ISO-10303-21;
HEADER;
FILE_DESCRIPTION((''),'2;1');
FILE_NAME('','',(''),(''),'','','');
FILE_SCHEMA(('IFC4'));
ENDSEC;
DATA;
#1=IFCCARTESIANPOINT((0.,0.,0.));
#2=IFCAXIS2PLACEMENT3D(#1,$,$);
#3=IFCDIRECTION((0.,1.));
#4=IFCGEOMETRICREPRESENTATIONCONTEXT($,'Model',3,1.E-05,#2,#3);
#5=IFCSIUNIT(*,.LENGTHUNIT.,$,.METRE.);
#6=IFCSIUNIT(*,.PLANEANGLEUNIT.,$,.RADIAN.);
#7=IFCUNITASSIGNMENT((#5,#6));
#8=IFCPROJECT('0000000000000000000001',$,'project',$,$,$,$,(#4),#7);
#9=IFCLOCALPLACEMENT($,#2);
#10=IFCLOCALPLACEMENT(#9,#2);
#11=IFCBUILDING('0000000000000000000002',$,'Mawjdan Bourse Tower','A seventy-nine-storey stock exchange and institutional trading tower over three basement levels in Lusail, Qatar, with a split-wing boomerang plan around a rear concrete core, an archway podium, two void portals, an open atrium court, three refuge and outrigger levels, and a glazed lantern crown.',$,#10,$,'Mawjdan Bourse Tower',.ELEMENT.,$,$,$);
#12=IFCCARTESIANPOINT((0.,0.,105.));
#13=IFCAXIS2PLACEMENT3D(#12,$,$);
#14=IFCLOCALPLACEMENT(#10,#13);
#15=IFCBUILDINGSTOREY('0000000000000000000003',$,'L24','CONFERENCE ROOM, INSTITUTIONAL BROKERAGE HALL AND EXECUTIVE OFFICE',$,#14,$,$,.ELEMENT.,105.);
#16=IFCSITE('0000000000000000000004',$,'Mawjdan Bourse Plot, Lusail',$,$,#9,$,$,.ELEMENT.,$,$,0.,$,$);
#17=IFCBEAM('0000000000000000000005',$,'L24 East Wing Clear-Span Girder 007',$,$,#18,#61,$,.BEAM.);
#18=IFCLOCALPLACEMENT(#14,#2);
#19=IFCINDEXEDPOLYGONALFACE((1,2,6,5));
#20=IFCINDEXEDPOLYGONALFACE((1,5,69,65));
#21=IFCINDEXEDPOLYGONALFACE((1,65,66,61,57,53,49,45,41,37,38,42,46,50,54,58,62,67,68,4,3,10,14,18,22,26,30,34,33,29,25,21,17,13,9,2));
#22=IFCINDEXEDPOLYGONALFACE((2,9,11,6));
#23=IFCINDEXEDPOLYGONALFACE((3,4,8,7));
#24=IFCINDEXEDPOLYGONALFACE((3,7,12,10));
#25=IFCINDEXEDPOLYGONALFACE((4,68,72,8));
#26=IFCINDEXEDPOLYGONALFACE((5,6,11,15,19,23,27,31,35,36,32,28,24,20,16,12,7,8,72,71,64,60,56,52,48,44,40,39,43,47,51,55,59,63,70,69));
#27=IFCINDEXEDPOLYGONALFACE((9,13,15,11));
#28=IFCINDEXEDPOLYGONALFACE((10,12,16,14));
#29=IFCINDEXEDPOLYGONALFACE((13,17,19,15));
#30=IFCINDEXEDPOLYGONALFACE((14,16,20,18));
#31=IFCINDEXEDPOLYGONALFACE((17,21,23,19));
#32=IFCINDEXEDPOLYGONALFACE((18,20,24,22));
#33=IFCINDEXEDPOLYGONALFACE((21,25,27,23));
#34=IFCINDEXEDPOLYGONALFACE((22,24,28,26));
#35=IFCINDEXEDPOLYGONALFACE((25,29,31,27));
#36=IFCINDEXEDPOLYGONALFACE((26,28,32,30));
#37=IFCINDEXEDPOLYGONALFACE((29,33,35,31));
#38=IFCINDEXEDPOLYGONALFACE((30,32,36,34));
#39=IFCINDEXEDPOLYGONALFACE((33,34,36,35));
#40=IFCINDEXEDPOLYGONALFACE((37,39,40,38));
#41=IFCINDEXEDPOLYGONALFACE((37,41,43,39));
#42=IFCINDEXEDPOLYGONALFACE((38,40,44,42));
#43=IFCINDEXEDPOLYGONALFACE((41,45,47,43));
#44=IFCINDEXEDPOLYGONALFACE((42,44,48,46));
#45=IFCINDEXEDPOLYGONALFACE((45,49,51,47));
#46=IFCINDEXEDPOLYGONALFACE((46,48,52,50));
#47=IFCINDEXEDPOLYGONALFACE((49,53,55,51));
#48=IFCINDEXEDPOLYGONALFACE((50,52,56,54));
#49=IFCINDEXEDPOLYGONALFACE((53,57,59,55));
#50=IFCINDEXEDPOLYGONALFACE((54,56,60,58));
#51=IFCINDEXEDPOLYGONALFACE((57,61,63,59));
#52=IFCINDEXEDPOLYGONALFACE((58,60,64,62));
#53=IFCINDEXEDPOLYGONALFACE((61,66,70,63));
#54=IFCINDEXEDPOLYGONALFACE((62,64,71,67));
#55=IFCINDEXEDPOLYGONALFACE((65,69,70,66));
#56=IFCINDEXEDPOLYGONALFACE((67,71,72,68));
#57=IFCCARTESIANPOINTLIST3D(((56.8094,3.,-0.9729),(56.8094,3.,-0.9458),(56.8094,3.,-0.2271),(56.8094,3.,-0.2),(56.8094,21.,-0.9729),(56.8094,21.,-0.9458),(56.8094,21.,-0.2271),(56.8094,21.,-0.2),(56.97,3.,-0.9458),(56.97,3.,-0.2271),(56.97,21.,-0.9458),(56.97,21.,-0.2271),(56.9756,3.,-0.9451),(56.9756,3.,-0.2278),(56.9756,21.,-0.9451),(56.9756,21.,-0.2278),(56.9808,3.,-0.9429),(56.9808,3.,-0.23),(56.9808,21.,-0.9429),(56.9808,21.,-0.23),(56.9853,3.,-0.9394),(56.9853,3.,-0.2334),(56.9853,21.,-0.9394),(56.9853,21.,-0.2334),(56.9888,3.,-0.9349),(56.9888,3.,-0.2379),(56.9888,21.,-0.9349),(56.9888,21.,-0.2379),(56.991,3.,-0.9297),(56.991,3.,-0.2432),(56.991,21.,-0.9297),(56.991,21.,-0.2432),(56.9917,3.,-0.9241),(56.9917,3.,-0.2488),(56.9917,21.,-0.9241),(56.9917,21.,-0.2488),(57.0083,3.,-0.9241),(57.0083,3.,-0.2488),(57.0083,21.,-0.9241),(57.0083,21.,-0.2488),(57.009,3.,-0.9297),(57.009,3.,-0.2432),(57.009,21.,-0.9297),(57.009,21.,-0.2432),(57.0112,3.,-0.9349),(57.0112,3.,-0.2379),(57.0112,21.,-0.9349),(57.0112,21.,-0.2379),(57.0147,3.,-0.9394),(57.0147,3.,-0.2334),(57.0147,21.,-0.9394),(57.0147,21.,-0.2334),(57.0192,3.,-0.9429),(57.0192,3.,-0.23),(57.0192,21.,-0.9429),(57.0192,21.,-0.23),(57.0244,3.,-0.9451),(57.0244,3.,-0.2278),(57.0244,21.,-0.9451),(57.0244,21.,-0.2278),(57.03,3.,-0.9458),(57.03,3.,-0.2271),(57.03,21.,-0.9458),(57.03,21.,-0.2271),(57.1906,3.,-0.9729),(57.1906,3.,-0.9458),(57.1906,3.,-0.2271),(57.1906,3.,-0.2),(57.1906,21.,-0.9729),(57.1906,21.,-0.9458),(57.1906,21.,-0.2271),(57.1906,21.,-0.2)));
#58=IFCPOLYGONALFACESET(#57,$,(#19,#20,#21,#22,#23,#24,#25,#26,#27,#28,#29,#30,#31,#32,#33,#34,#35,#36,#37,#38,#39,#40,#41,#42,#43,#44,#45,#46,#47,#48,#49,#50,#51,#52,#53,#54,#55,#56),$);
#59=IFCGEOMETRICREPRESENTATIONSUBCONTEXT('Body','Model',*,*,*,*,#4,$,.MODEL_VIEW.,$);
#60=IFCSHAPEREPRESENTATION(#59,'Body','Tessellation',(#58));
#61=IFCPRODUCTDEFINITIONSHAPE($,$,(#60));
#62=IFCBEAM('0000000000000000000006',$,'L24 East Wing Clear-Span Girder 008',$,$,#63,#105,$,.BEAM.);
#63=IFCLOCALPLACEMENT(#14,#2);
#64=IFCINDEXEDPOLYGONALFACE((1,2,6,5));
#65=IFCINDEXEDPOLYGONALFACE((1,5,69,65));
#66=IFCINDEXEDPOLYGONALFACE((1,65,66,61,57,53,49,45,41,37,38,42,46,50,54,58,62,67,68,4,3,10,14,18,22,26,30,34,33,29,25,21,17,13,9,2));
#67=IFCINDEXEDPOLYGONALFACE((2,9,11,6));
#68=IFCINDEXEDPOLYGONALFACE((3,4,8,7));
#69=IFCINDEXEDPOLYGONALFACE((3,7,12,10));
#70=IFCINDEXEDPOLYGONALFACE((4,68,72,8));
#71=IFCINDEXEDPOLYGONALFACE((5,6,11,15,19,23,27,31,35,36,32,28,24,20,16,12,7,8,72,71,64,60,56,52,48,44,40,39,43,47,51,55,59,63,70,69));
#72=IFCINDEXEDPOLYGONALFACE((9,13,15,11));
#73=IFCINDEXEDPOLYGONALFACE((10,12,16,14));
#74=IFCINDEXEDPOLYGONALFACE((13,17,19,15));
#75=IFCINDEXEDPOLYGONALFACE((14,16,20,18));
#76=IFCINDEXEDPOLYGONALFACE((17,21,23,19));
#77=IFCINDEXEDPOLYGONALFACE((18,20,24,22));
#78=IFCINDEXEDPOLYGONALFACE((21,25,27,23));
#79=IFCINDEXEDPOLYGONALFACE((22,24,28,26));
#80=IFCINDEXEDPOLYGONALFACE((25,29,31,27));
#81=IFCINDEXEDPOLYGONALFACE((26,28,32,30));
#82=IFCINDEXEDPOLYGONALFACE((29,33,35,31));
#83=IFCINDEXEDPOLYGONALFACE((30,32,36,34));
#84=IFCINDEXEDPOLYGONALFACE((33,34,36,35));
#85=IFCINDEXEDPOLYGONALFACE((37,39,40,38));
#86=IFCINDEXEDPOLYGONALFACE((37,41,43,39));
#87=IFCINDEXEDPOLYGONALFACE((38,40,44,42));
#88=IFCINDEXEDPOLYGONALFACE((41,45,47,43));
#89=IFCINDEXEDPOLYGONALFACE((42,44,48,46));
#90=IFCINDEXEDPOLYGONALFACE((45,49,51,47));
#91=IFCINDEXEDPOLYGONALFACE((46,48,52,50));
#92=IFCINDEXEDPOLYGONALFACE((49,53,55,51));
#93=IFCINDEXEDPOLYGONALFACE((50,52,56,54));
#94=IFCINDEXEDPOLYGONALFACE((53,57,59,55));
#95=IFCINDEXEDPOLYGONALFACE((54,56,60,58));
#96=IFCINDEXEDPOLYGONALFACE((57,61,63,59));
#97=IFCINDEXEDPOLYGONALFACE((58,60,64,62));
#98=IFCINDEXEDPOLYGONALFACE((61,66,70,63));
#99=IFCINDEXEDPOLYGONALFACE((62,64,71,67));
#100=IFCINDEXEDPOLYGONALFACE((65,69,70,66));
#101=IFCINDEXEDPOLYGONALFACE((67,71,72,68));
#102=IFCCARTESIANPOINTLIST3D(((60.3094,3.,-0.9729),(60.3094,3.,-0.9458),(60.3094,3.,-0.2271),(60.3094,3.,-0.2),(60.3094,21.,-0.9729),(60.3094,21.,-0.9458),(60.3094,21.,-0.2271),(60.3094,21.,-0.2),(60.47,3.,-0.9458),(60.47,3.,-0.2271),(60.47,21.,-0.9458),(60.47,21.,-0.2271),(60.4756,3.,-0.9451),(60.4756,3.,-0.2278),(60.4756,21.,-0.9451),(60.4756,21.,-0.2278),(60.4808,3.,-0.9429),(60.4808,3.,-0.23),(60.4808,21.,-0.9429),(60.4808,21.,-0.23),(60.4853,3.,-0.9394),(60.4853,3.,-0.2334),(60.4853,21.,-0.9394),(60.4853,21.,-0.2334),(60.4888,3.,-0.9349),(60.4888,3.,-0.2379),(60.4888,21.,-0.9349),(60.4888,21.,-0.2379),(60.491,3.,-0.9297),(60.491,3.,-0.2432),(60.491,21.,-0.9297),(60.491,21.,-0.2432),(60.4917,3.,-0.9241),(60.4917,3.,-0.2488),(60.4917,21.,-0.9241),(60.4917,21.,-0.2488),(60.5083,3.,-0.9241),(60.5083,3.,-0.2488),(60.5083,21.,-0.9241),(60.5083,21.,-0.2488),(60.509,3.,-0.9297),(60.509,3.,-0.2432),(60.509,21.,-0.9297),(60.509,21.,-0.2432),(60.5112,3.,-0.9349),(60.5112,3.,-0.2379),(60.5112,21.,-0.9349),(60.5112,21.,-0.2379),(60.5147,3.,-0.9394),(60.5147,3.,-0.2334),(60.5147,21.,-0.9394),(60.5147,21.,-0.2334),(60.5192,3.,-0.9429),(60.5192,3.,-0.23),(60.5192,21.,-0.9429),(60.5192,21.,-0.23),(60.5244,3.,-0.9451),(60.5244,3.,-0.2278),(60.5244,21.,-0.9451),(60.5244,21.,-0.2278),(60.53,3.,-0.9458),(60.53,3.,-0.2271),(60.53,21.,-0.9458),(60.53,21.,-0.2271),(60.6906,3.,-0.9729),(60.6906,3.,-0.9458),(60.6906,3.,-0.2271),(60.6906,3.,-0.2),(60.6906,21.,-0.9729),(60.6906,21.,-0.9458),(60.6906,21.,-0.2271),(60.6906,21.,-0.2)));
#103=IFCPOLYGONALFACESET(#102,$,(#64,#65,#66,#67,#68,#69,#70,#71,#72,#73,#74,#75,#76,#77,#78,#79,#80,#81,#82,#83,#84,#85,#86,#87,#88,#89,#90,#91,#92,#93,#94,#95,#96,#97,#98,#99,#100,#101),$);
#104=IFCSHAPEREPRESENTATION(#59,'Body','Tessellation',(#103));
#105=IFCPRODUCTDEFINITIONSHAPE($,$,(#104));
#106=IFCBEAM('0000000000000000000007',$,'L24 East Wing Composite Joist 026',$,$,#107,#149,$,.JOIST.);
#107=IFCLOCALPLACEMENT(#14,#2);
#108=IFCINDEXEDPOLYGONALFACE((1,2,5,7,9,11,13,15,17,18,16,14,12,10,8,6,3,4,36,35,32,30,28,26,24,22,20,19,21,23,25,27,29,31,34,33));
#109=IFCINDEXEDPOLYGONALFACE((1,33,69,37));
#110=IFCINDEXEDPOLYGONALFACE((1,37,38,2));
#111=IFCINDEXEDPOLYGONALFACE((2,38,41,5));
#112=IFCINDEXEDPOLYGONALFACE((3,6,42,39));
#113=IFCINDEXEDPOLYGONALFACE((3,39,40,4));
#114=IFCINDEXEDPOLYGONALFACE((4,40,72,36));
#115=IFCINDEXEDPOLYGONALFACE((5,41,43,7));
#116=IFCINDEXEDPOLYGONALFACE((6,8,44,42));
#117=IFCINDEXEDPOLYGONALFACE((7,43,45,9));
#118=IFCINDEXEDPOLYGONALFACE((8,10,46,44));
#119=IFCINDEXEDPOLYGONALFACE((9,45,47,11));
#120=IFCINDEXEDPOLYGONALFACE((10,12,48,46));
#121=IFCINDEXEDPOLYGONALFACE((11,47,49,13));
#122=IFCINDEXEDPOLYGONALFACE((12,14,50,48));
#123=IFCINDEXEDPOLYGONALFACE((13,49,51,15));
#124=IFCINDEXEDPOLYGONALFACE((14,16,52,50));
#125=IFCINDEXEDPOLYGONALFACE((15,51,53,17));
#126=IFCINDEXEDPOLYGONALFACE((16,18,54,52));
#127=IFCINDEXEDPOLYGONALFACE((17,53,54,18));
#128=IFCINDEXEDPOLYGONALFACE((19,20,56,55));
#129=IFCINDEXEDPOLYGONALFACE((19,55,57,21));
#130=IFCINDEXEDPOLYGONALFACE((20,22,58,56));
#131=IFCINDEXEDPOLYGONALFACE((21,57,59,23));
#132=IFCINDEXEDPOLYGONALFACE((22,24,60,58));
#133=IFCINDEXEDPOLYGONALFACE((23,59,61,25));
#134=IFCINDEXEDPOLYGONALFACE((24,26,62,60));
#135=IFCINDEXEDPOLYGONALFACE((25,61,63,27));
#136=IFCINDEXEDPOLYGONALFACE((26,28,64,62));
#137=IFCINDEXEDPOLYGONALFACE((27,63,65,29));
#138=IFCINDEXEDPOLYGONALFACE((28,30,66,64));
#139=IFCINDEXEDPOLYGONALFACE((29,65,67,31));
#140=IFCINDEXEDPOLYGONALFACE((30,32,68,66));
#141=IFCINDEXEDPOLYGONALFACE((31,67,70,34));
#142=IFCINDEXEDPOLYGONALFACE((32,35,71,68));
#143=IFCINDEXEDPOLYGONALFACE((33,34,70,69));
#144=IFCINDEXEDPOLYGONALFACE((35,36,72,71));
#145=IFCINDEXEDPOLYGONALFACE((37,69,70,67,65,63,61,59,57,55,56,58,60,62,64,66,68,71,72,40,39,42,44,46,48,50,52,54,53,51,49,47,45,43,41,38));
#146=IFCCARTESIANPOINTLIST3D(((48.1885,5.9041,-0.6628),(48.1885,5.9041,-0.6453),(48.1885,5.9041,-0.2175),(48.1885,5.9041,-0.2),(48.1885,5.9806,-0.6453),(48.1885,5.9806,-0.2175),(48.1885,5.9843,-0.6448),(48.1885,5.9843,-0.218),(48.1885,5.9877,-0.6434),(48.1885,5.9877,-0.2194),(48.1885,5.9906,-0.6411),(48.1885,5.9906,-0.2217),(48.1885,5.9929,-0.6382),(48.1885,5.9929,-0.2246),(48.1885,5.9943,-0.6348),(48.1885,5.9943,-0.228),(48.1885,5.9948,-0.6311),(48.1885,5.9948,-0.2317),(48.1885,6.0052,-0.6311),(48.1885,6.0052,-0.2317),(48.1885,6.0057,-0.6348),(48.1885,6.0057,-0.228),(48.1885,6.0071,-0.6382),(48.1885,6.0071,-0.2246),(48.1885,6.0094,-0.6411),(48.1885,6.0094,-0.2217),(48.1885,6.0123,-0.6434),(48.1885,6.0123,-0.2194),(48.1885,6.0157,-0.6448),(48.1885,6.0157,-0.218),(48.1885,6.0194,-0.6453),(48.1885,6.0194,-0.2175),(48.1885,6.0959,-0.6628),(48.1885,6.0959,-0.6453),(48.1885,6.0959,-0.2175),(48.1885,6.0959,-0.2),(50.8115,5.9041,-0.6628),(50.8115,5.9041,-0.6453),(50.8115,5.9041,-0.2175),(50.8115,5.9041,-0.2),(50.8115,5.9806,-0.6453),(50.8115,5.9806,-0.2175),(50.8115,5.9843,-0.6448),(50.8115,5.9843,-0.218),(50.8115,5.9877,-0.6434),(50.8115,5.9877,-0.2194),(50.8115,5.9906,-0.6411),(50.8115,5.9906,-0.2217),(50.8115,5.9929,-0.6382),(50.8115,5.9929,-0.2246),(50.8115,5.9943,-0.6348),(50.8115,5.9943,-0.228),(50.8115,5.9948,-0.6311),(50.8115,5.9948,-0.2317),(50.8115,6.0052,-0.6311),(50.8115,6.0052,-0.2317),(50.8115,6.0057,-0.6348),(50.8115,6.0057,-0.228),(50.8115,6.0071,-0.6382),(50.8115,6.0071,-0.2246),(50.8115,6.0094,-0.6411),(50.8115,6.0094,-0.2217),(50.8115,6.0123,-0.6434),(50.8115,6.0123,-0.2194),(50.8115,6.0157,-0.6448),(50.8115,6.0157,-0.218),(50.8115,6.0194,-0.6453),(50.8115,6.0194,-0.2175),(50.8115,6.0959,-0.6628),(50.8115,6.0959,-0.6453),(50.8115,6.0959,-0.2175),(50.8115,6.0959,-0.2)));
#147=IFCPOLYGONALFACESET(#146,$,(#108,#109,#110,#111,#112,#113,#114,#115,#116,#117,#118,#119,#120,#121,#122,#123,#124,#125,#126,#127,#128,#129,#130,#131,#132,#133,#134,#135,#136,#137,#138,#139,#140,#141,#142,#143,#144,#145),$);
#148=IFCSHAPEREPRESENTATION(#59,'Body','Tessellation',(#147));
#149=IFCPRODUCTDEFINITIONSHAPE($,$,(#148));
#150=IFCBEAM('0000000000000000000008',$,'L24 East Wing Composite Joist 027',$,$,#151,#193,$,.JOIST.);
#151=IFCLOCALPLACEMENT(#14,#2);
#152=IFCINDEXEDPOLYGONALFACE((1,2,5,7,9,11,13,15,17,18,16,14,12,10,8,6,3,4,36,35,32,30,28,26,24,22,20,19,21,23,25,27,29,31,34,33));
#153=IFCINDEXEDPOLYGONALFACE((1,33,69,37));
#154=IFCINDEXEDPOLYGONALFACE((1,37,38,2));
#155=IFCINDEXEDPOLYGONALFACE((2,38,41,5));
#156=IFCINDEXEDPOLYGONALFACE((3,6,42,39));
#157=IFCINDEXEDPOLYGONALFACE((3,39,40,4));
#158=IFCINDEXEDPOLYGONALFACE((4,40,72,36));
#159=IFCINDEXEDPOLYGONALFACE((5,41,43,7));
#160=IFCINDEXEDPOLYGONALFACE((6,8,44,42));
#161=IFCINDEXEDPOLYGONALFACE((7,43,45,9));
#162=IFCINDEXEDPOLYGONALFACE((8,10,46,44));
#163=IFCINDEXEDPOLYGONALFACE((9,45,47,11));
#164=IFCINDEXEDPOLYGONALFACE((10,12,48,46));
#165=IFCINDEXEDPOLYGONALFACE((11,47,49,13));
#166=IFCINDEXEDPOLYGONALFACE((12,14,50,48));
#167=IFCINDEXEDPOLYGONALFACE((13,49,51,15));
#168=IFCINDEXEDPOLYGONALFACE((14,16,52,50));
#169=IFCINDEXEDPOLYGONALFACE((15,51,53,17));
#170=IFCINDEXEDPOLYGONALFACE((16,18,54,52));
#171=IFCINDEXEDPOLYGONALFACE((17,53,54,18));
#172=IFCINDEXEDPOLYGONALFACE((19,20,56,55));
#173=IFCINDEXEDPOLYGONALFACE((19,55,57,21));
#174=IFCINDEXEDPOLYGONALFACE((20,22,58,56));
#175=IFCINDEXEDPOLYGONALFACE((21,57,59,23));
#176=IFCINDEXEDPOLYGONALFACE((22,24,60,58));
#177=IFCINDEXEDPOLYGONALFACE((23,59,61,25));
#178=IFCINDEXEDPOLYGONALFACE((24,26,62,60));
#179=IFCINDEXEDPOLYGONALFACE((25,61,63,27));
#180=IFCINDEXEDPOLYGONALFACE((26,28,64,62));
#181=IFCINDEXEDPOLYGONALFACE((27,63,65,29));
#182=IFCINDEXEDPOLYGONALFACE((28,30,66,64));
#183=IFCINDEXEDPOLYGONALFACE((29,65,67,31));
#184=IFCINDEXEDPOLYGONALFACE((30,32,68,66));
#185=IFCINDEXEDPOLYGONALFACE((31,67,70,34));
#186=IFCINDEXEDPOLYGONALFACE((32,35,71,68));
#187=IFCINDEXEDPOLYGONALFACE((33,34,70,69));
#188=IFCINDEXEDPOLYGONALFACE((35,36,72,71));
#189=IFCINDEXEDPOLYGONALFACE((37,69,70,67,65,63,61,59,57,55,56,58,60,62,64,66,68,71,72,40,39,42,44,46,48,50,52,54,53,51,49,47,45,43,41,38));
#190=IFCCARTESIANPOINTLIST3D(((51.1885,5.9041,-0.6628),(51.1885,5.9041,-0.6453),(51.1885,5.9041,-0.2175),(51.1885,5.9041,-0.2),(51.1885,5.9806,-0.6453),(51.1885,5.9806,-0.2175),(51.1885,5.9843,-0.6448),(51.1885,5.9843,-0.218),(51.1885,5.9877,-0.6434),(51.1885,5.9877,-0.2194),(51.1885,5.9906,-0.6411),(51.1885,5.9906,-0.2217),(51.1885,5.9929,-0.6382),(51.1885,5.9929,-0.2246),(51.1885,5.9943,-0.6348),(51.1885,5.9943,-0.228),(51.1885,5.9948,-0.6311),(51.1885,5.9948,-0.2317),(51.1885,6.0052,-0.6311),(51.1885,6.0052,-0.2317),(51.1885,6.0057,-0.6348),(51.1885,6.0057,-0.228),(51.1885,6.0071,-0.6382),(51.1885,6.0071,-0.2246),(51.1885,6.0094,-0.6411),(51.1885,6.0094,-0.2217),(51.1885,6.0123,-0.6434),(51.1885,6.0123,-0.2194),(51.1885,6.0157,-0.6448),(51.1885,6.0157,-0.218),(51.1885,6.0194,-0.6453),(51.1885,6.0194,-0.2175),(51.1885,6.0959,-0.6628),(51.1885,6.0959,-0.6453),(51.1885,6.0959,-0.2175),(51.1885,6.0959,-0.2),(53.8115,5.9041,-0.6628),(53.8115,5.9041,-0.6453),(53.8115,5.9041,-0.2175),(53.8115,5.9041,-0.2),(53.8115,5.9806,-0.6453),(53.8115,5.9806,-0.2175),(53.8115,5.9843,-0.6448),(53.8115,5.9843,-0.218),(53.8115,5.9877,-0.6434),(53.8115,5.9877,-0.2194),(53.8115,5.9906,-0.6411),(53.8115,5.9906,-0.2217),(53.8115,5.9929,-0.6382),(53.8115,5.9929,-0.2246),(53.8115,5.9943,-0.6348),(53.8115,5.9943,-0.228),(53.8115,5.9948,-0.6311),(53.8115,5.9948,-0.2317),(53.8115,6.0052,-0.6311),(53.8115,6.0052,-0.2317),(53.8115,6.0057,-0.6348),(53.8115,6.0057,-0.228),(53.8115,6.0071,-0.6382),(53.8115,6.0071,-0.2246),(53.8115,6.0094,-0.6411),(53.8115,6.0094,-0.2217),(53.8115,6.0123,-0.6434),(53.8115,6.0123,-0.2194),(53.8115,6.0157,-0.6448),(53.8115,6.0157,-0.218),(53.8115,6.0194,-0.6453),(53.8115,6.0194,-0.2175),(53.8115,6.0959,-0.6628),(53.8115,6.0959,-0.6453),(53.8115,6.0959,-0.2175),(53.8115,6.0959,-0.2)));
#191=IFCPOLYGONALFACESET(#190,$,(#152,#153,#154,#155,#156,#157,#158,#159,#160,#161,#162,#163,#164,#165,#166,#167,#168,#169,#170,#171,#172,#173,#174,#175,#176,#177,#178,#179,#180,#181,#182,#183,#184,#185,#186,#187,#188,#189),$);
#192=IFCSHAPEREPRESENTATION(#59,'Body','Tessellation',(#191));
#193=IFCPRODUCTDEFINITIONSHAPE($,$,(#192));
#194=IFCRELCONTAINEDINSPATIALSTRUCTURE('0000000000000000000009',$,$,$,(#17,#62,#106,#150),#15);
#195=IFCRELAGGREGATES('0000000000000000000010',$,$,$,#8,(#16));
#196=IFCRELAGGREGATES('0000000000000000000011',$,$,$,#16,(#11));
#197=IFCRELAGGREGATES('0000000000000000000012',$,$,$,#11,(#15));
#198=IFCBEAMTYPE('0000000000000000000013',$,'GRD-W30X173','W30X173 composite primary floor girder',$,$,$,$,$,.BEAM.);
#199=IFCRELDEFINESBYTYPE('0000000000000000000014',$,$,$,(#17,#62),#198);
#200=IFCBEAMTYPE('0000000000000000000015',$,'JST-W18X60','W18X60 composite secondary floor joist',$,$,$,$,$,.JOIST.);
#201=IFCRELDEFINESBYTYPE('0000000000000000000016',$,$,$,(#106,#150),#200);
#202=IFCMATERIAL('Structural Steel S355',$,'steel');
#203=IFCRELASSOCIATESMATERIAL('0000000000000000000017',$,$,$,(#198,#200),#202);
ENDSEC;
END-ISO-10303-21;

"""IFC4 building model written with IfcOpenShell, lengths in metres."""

from ifc_helpers import new_model, si_unit, direction, frame, origin, origin_2d, place, context, subcontext, project, spatial, i_section, extrude, material, material_profile, profile_set, type_object, element, save


model = new_model("IFC4")

# Units and contexts
model_context = context("Model", 3, precision=1e-05, world=origin(), true_north=direction((0.0, 1.0)))
body_context = subcontext(model_context, "Body", "Model", "MODEL_VIEW")
ifc_project = project(units=[si_unit("LENGTHUNIT", "METRE"), si_unit("PLANEANGLEUNIT", "RADIAN")], contexts=[model_context])

# Site, building, storey
site_placement = place(None, origin())
site = spatial("IfcSite", under=ifc_project, at=site_placement, Name="Mawjdan Bourse Plot, Lusail", CompositionType="ELEMENT", RefElevation=0.0)
building_placement = place(site_placement, origin())
building = spatial("IfcBuilding", under=site, at=building_placement, Name="Mawjdan Bourse Tower", Description="A seventy-nine-storey stock exchange and institutional trading tower over three basement levels in Lusail, Qatar, with a split-wing boomerang plan around a rear concrete core, an archway podium, two void portals, an open atrium court, three refuge and outrigger levels, and a glazed lantern crown.", LongName="Mawjdan Bourse Tower", CompositionType="ELEMENT")
storey_placement = place(building_placement, frame((0.0, 0.0, 105.0)))
storey = spatial("IfcBuildingStorey", under=building, at=storey_placement, Name="L24", Description="CONFERENCE ROOM, INSTITUTIONAL BROKERAGE HALL AND EXECUTIVE OFFICE", CompositionType="ELEMENT", Elevation=105.0)

# Beams
ifc_material_1 = material(Name="Structural Steel S355", Category="steel")
ifc_material_profile_1 = material_profile(ifc_material_1, i_section(OverallWidth=0.3811, OverallDepth=0.7729, WebThickness=0.0166, FlangeThickness=0.0271, FilletRadius=0.0217, at=origin_2d()), Name="W30X173")
ifc_profile_set_1 = profile_set([ifc_material_profile_1], Name="Structural Steel S355")
beam_type_1 = type_object("IfcBeamType", Name="GRD-W30X173", Description="W30X173 composite primary floor girder", PredefinedType="BEAM", material=ifc_profile_set_1)
for number, where, z_axis, x_axis, name in (
    (1, (57.0, 3.0, -0.5864), (0.0, 1.0, 0.0), (-1.0, 0.0, 0.0), "L24 East Wing Clear-Span Girder 007"),
    (2, (60.5, 3.0, -0.5864), (0.0, 1.0, 0.0), (-1.0, 0.0, 0.0), "L24 East Wing Clear-Span Girder 008"),
):
    element("IfcBeam", number, at=place(storey_placement, frame(where, z_axis=z_axis, x_axis=x_axis)), inside=storey, type_object=beam_type_1, Name=name, PredefinedType="BEAM", context=body_context, shape_type="SweptSolid", body=[
        extrude(i_section(OverallWidth=0.3811, OverallDepth=0.7729, WebThickness=0.0166, FlangeThickness=0.0271, FilletRadius=0.0217, at=origin_2d()), origin(), (0.0, 0.0, 1.0), 18.0),
    ])
ifc_material_profile_2 = material_profile(ifc_material_1, i_section(OverallWidth=0.1919, OverallDepth=0.4629, WebThickness=0.0105, FlangeThickness=0.0176, FilletRadius=0.0142, at=origin_2d()), Name="W18X60")
ifc_profile_set_2 = profile_set([ifc_material_profile_2], Name="Structural Steel S355")
beam_type_2 = type_object("IfcBeamType", Name="JST-W18X60", Description="W18X60 composite secondary floor joist", PredefinedType="JOIST", material=ifc_profile_set_2)
for number, where, z_axis, x_axis, name in (
    (3, (48.1885, 6.0, -0.4314), (1.0, 0.0, 0.0), (0.0, 1.0, 0.0), "L24 East Wing Composite Joist 026"),
    (4, (51.1885, 6.0, -0.4314), (1.0, 0.0, 0.0), (0.0, 1.0, 0.0), "L24 East Wing Composite Joist 027"),
):
    element("IfcBeam", number, at=place(storey_placement, frame(where, z_axis=z_axis, x_axis=x_axis)), inside=storey, type_object=beam_type_2, Name=name, PredefinedType="JOIST", context=body_context, shape_type="SweptSolid", body=[
        extrude(i_section(OverallWidth=0.1919, OverallDepth=0.4629, WebThickness=0.0105, FlangeThickness=0.0176, FilletRadius=0.0142, at=origin_2d()), origin(), (0.0, 0.0, 1.0), 2.623),
    ])

save(model, "model.ifc")
